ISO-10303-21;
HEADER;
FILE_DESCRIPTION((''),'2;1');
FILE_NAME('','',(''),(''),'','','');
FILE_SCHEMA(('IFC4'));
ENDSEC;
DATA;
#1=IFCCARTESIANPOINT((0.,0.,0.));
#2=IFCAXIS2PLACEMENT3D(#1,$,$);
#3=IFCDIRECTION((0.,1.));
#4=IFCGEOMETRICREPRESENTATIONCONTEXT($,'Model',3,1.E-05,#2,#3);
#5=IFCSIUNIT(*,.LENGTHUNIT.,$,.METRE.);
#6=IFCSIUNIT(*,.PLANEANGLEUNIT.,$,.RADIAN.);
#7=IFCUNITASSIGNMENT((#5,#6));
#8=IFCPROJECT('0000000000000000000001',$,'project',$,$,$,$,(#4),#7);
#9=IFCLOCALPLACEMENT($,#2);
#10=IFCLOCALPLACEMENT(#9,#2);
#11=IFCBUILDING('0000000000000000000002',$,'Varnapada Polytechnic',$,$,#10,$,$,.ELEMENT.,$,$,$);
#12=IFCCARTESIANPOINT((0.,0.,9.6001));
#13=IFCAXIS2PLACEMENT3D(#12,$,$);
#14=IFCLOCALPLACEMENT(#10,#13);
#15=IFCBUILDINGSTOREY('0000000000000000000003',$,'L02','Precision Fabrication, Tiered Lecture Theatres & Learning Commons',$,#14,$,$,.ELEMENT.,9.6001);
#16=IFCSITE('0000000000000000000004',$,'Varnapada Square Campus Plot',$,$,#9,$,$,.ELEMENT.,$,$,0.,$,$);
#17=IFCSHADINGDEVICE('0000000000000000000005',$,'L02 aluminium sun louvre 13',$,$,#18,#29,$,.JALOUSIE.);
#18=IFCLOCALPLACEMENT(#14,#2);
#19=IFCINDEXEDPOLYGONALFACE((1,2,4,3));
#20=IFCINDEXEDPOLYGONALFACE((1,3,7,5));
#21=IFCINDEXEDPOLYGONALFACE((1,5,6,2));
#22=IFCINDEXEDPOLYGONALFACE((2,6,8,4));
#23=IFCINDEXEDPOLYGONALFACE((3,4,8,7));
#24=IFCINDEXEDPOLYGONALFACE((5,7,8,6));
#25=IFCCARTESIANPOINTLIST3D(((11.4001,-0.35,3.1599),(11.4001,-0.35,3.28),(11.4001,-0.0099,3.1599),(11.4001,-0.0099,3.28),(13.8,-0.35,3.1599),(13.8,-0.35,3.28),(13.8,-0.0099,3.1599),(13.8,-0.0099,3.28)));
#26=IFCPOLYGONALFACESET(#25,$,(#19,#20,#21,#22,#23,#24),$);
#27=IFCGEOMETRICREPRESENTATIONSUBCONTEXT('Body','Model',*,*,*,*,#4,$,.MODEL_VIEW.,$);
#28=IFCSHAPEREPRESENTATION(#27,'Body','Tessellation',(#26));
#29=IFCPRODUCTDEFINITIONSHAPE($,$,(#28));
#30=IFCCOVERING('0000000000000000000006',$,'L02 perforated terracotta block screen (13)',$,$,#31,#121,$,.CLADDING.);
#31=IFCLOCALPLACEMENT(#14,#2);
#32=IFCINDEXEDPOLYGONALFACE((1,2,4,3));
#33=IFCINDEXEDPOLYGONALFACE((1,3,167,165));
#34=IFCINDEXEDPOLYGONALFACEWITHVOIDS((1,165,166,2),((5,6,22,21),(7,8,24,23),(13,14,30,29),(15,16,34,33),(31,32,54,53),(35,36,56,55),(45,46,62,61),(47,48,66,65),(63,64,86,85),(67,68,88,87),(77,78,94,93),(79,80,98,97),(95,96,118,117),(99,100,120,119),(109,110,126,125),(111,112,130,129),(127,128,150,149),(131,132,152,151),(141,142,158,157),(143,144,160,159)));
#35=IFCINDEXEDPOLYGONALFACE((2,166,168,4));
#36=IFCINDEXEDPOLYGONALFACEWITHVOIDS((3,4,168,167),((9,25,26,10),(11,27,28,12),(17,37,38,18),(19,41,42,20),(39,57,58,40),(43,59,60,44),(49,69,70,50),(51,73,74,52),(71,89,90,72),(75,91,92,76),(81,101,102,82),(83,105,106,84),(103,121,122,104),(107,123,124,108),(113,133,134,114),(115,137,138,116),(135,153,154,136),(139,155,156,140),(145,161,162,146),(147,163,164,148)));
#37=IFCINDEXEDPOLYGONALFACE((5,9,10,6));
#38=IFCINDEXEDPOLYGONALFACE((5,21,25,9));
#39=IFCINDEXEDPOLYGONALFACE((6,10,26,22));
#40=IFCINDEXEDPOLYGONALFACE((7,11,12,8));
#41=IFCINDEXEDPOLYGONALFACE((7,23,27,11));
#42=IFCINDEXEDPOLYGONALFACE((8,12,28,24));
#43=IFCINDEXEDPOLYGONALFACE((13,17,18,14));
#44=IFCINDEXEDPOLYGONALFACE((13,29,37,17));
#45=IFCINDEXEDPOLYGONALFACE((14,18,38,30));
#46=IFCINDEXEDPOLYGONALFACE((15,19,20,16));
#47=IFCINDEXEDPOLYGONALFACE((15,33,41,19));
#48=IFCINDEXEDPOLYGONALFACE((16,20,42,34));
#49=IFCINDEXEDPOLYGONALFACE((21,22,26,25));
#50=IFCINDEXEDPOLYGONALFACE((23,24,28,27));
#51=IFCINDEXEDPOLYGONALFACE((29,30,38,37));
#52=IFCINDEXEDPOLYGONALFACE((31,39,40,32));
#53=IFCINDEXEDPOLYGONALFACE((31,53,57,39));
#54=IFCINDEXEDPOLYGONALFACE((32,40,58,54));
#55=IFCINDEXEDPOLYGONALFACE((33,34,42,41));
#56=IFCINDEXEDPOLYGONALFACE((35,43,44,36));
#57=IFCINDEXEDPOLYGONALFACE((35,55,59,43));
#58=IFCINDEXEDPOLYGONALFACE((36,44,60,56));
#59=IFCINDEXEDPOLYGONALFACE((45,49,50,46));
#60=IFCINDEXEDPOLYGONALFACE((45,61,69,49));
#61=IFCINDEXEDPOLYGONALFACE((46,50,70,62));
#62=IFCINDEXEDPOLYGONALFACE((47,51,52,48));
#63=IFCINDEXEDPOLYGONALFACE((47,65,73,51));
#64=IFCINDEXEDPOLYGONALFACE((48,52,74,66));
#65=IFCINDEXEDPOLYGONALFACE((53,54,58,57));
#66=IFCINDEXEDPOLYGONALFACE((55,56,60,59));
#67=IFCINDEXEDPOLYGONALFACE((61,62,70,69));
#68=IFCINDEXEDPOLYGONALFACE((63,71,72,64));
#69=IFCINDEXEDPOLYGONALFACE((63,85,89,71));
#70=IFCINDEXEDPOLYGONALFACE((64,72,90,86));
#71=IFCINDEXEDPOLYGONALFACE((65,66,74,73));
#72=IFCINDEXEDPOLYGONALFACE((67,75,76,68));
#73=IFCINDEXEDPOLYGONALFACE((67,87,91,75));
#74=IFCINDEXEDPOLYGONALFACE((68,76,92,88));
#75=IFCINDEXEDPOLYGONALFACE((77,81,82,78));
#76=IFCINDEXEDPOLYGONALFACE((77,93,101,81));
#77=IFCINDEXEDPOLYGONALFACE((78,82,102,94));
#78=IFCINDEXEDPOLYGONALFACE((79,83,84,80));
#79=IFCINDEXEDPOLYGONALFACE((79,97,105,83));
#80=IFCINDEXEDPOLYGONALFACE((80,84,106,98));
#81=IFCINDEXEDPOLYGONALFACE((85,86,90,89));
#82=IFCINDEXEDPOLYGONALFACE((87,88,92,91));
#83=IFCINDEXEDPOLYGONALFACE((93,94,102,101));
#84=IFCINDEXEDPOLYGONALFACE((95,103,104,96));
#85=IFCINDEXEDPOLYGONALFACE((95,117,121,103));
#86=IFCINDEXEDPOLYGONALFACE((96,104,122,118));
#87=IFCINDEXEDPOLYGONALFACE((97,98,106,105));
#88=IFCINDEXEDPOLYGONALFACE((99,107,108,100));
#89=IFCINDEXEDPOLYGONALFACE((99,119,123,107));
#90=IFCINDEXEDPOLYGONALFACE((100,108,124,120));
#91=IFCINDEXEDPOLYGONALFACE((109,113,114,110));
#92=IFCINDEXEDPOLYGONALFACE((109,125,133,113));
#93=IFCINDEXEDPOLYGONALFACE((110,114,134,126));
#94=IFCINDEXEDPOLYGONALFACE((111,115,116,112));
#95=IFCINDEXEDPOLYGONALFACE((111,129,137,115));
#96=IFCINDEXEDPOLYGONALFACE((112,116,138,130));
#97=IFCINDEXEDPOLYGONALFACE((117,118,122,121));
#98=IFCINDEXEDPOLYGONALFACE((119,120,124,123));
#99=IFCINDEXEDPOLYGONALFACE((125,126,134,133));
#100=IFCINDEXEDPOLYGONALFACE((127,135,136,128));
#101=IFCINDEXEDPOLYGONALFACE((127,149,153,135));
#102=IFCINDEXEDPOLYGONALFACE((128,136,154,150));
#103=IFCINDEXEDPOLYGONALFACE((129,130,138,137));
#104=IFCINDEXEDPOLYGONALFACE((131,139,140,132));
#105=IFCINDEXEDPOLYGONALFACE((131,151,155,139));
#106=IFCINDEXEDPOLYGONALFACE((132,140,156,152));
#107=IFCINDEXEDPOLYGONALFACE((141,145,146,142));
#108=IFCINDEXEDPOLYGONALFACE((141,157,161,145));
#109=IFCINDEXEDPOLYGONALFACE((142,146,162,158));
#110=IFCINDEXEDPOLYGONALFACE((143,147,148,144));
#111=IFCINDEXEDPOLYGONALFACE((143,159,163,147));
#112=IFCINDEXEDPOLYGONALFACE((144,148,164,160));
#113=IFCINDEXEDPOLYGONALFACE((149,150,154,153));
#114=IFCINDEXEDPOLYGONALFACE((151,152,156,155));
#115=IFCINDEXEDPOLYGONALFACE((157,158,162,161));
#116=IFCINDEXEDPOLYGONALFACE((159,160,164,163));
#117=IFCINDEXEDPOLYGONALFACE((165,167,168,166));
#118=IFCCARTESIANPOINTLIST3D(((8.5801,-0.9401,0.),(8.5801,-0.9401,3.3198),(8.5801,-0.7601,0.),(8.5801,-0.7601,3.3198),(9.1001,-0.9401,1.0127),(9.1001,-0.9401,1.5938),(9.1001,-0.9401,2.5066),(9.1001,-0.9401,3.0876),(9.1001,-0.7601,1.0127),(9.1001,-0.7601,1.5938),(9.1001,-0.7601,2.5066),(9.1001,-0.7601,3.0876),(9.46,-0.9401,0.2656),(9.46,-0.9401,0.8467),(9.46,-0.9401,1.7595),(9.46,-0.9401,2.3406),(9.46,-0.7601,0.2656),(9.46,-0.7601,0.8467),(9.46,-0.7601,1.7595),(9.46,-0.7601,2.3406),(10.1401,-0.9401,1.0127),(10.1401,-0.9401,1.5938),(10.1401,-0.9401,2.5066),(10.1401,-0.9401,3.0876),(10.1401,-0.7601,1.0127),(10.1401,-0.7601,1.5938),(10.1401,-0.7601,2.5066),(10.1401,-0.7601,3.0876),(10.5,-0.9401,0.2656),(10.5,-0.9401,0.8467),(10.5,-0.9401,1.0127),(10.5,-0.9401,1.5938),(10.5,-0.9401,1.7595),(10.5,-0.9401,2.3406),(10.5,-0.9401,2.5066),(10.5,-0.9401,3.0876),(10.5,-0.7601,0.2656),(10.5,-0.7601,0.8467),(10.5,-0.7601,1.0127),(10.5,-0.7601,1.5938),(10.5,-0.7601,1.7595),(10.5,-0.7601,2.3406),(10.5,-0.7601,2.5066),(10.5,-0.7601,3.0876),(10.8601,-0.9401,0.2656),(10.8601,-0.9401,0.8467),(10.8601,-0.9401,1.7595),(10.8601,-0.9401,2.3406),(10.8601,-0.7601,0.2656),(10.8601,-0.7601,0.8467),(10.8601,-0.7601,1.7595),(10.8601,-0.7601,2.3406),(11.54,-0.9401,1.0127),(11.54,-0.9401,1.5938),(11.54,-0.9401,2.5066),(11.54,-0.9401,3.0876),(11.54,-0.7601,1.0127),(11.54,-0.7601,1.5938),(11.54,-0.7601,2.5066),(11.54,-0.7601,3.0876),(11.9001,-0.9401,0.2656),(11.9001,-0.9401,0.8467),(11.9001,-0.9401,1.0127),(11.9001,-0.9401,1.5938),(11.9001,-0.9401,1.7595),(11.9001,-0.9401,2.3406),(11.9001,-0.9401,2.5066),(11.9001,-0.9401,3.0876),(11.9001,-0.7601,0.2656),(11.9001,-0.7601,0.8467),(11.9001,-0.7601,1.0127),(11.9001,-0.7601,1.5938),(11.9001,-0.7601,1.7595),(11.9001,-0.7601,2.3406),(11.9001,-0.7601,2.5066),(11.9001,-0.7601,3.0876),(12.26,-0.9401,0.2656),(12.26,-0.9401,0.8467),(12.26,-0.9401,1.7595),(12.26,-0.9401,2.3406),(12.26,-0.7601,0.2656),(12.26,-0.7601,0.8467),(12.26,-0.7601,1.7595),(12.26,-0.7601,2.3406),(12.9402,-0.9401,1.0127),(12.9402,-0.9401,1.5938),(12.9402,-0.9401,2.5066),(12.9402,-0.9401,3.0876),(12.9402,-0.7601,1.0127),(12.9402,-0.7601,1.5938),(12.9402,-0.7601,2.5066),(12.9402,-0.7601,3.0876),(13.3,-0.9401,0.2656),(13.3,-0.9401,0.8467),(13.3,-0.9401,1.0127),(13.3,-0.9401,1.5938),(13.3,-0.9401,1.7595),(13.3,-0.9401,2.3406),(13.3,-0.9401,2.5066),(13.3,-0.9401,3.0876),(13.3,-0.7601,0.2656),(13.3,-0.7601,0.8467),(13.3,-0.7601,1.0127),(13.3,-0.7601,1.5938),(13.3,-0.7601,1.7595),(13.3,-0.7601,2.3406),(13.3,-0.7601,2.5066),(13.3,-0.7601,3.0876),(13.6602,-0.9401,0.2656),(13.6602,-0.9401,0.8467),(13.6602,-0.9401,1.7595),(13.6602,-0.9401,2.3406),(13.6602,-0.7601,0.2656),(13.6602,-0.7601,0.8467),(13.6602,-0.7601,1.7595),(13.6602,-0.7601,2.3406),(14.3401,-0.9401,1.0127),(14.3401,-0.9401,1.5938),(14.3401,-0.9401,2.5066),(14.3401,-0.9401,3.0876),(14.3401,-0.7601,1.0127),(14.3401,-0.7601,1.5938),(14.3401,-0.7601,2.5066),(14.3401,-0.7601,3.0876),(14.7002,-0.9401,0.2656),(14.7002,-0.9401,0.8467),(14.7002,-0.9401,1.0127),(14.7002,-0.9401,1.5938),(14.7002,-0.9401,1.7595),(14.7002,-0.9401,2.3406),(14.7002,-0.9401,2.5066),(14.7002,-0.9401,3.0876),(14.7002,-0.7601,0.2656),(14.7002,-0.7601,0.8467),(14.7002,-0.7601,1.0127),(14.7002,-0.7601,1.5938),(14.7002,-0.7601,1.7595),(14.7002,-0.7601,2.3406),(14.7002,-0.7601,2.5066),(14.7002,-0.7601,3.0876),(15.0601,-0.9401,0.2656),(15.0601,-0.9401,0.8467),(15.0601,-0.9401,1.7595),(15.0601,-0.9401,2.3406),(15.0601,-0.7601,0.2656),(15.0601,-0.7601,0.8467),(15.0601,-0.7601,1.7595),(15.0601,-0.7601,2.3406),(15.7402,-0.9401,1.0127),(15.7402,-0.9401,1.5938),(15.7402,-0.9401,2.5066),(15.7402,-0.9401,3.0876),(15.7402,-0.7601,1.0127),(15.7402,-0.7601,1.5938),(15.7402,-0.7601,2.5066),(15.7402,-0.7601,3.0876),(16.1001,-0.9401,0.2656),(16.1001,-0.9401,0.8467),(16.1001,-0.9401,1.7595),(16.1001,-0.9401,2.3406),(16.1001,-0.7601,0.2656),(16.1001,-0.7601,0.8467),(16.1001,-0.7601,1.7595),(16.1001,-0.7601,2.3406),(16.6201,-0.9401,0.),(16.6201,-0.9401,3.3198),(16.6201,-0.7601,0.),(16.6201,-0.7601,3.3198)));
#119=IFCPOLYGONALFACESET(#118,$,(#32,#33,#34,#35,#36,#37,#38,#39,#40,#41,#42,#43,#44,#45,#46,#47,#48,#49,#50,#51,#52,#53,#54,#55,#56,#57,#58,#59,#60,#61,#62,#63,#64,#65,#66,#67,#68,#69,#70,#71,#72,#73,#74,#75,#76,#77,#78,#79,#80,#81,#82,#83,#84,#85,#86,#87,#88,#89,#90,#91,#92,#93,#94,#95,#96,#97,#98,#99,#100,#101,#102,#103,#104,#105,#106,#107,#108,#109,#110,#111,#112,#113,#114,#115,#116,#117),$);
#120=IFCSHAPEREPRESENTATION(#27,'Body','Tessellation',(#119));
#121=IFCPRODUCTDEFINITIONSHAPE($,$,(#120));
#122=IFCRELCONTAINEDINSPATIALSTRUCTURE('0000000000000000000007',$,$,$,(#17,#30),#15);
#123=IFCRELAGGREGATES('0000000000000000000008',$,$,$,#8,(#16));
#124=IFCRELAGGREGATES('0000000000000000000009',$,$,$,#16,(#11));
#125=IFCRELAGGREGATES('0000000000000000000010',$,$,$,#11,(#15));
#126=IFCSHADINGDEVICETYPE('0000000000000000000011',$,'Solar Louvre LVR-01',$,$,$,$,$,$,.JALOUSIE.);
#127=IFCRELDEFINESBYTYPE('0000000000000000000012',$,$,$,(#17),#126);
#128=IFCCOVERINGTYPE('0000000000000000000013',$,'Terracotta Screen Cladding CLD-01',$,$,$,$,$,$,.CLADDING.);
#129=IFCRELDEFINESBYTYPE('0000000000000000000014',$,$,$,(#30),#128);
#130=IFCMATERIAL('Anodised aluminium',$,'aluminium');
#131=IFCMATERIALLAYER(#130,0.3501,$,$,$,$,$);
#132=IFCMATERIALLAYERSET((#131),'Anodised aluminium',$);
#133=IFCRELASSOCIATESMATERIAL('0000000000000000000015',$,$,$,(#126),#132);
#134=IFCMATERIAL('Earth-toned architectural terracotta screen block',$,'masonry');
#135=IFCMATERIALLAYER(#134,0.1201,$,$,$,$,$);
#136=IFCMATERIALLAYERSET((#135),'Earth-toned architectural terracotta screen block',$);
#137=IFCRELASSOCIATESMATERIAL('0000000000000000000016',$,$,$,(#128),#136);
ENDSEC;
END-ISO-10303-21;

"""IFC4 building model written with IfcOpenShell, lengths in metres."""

from ifc_helpers import new_model, si_unit, direction, frame, frame_2d, origin, origin_2d, place, context, subcontext, project, spatial, rectangle, extrude, material, layer, layer_set, type_object, element, save


model = new_model("IFC4")

# Units and contexts
model_context = context("Model", 3, precision=1e-05, world=origin(), true_north=direction((0.0, 1.0)))
body_context = subcontext(model_context, "Body", "Model", "MODEL_VIEW")
ifc_project = project(units=[si_unit("LENGTHUNIT", "METRE"), si_unit("PLANEANGLEUNIT", "RADIAN")], contexts=[model_context])

# Site, building, storey
site_placement = place(None, origin())
site = spatial("IfcSite", under=ifc_project, at=site_placement, Name="Varnapada Square Campus Plot", CompositionType="ELEMENT", RefElevation=0.0)
building_placement = place(site_placement, origin())
building = spatial("IfcBuilding", under=site, at=building_placement, Name="Varnapada Polytechnic", CompositionType="ELEMENT")
storey_placement = place(building_placement, frame((0.0, 0.0, 9.6001)))
storey = spatial("IfcBuildingStorey", under=building, at=storey_placement, Name="L02", Description="Precision Fabrication, Tiered Lecture Theatres & Learning Commons", CompositionType="ELEMENT", Elevation=9.6001)

# Shared definitions
ifc_material_1 = material(Name="Anodised aluminium", Category="aluminium")

# Shading device
ifc_layer_1 = layer(ifc_material_1, 0.3501)
ifc_layer_set_1 = layer_set([ifc_layer_1], Name="Anodised aluminium")
shading_device_type_1 = type_object("IfcShadingDeviceType", Name="Solar Louvre LVR-01", PredefinedType="JALOUSIE", material=ifc_layer_set_1)
shading_device_1_placement = place(storey_placement, frame((12.6001, -0.1799, 3.1599), z_axis=(0.0, 0.0, 1.0), x_axis=(-1.0, 0.0, 0.0)))
element("IfcShadingDevice", 1, at=shading_device_1_placement, inside=storey, type_object=shading_device_type_1, Name="L02 aluminium sun louvre 13", PredefinedType="JALOUSIE", context=body_context, shape_type="SweptSolid", body=[
    extrude(rectangle(XDim=2.3999, YDim=0.3401, at=origin_2d()), origin(), (0.0, 0.0, 1.0), 0.1201),
])

# Covering, openings
ifc_material_2 = material(Name="Earth-toned architectural terracotta screen block", Category="masonry")
ifc_layer_2 = layer(ifc_material_2, 0.1201)
ifc_layer_set_2 = layer_set([ifc_layer_2], Name="Earth-toned architectural terracotta screen block")
covering_type = type_object("IfcCoveringType", Name="Terracotta Screen Cladding CLD-01", PredefinedType="CLADDING", material=ifc_layer_set_2)
covering_placement = place(storey_placement, frame((16.6201, -0.8501, 0.0), z_axis=(0.0, 0.0, 1.0), x_axis=(-1.0, 0.0, 0.0)))
covering = element("IfcCovering", 2, at=covering_placement, inside=storey, type_object=covering_type, Name="L02 perforated terracotta block screen (13)", PredefinedType="CLADDING", context=body_context, shape_type="SweptSolid", body=[
    extrude(rectangle(XDim=8.04, YDim=0.1799, at=frame_2d((4.02, 0.0))), origin(), (0.0, 0.0, 1.0), 3.3198),
])
opening_1_placement = place(covering_placement, frame((0.52, 0.0, 0.2656)))
element("IfcOpeningElement", 3, at=opening_1_placement, cuts=covering, PredefinedType="OPENING", context=body_context, shape_type="SweptSolid", body=[
    extrude(rectangle(XDim=1.04, YDim=0.5811, at=frame_2d((0.52, 0.2905))), frame((0.0, 0.0999, 0.0), z_axis=(0.0, -1.0, 0.0), x_axis=(1.0, 0.0, 0.0)), (0.0, 0.0, 1.0), 0.2),
])
opening_2_placement = place(covering_placement, frame((1.9199, 0.0, 0.2656)))
element("IfcOpeningElement", 4, at=opening_2_placement, cuts=covering, PredefinedType="OPENING", context=body_context, shape_type="SweptSolid", body=[
    extrude(rectangle(XDim=1.04, YDim=0.5811, at=frame_2d((0.52, 0.2905))), frame((0.0, 0.0999, 0.0), z_axis=(0.0, -1.0, 0.0), x_axis=(1.0, 0.0, 0.0)), (0.0, 0.0, 1.0), 0.2),
])
opening_3_placement = place(covering_placement, frame((3.3201, 0.0, 0.2656)))
element("IfcOpeningElement", 5, at=opening_3_placement, cuts=covering, PredefinedType="OPENING", context=body_context, shape_type="SweptSolid", body=[
    extrude(rectangle(XDim=1.04, YDim=0.5811, at=frame_2d((0.52, 0.2905))), frame((0.0, 0.0999, 0.0), z_axis=(0.0, -1.0, 0.0), x_axis=(1.0, 0.0, 0.0)), (0.0, 0.0, 1.0), 0.2),
])
opening_4_placement = place(covering_placement, frame((4.72, 0.0, 0.2656)))
element("IfcOpeningElement", 6, at=opening_4_placement, cuts=covering, PredefinedType="OPENING", context=body_context, shape_type="SweptSolid", body=[
    extrude(rectangle(XDim=1.04, YDim=0.5811, at=frame_2d((0.52, 0.2905))), frame((0.0, 0.0999, 0.0), z_axis=(0.0, -1.0, 0.0), x_axis=(1.0, 0.0, 0.0)), (0.0, 0.0, 1.0), 0.2),
])
opening_5_placement = place(covering_placement, frame((6.1201, 0.0, 0.2656)))
element("IfcOpeningElement", 7, at=opening_5_placement, cuts=covering, PredefinedType="OPENING", context=body_context, shape_type="SweptSolid", body=[
    extrude(rectangle(XDim=1.04, YDim=0.5811, at=frame_2d((0.52, 0.2905))), frame((0.0, 0.0999, 0.0), z_axis=(0.0, -1.0, 0.0), x_axis=(1.0, 0.0, 0.0)), (0.0, 0.0, 1.0), 0.2),
])
opening_6_placement = place(covering_placement, frame((0.8799, 0.0, 1.0127)))
element("IfcOpeningElement", 8, at=opening_6_placement, cuts=covering, PredefinedType="OPENING", context=body_context, shape_type="SweptSolid", body=[
    extrude(rectangle(XDim=1.04, YDim=0.5811, at=frame_2d((0.52, 0.2905))), frame((0.0, 0.0999, 0.0), z_axis=(0.0, -1.0, 0.0), x_axis=(1.0, 0.0, 0.0)), (0.0, 0.0, 1.0), 0.2),
])
opening_7_placement = place(covering_placement, frame((2.28, 0.0, 1.0127)))
element("IfcOpeningElement", 9, at=opening_7_placement, cuts=covering, PredefinedType="OPENING", context=body_context, shape_type="SweptSolid", body=[
    extrude(rectangle(XDim=1.04, YDim=0.5811, at=frame_2d((0.52, 0.2905))), frame((0.0, 0.0999, 0.0), z_axis=(0.0, -1.0, 0.0), x_axis=(1.0, 0.0, 0.0)), (0.0, 0.0, 1.0), 0.2),
])
opening_8_placement = place(covering_placement, frame((3.6799, 0.0, 1.0127)))
element("IfcOpeningElement", 10, at=opening_8_placement, cuts=covering, PredefinedType="OPENING", context=body_context, shape_type="SweptSolid", body=[
    extrude(rectangle(XDim=1.04, YDim=0.5811, at=frame_2d((0.52, 0.2905))), frame((0.0, 0.0999, 0.0), z_axis=(0.0, -1.0, 0.0), x_axis=(1.0, 0.0, 0.0)), (0.0, 0.0, 1.0), 0.2),
])
opening_9_placement = place(covering_placement, frame((5.0801, 0.0, 1.0127)))
element("IfcOpeningElement", 11, at=opening_9_placement, cuts=covering, PredefinedType="OPENING", context=body_context, shape_type="SweptSolid", body=[
    extrude(rectangle(XDim=1.04, YDim=0.5811, at=frame_2d((0.52, 0.2905))), frame((0.0, 0.0999, 0.0), z_axis=(0.0, -1.0, 0.0), x_axis=(1.0, 0.0, 0.0)), (0.0, 0.0, 1.0), 0.2),
])
opening_10_placement = place(covering_placement, frame((6.48, 0.0, 1.0127)))
element("IfcOpeningElement", 12, at=opening_10_placement, cuts=covering, PredefinedType="OPENING", context=body_context, shape_type="SweptSolid", body=[
    extrude(rectangle(XDim=1.04, YDim=0.5811, at=frame_2d((0.52, 0.2905))), frame((0.0, 0.0999, 0.0), z_axis=(0.0, -1.0, 0.0), x_axis=(1.0, 0.0, 0.0)), (0.0, 0.0, 1.0), 0.2),
])
opening_11_placement = place(covering_placement, frame((0.52, 0.0, 1.7595)))
element("IfcOpeningElement", 13, at=opening_11_placement, cuts=covering, PredefinedType="OPENING", context=body_context, shape_type="SweptSolid", body=[
    extrude(rectangle(XDim=1.04, YDim=0.5811, at=frame_2d((0.52, 0.2905))), frame((0.0, 0.0999, 0.0), z_axis=(0.0, -1.0, 0.0), x_axis=(1.0, 0.0, 0.0)), (0.0, 0.0, 1.0), 0.2),
])
opening_12_placement = place(covering_placement, frame((1.9199, 0.0, 1.7595)))
element("IfcOpeningElement", 14, at=opening_12_placement, cuts=covering, PredefinedType="OPENING", context=body_context, shape_type="SweptSolid", body=[
    extrude(rectangle(XDim=1.04, YDim=0.5811, at=frame_2d((0.52, 0.2905))), frame((0.0, 0.0999, 0.0), z_axis=(0.0, -1.0, 0.0), x_axis=(1.0, 0.0, 0.0)), (0.0, 0.0, 1.0), 0.2),
])
opening_13_placement = place(covering_placement, frame((3.3201, 0.0, 1.7595)))
element("IfcOpeningElement", 15, at=opening_13_placement, cuts=covering, PredefinedType="OPENING", context=body_context, shape_type="SweptSolid", body=[
    extrude(rectangle(XDim=1.04, YDim=0.5811, at=frame_2d((0.52, 0.2905))), frame((0.0, 0.0999, 0.0), z_axis=(0.0, -1.0, 0.0), x_axis=(1.0, 0.0, 0.0)), (0.0, 0.0, 1.0), 0.2),
])
opening_14_placement = place(covering_placement, frame((4.72, 0.0, 1.7595)))
element("IfcOpeningElement", 16, at=opening_14_placement, cuts=covering, PredefinedType="OPENING", context=body_context, shape_type="SweptSolid", body=[
    extrude(rectangle(XDim=1.04, YDim=0.5811, at=frame_2d((0.52, 0.2905))), frame((0.0, 0.0999, 0.0), z_axis=(0.0, -1.0, 0.0), x_axis=(1.0, 0.0, 0.0)), (0.0, 0.0, 1.0), 0.2),
])
opening_15_placement = place(covering_placement, frame((6.1201, 0.0, 1.7595)))
element("IfcOpeningElement", 17, at=opening_15_placement, cuts=covering, PredefinedType="OPENING", context=body_context, shape_type="SweptSolid", body=[
    extrude(rectangle(XDim=1.04, YDim=0.5811, at=frame_2d((0.52, 0.2905))), frame((0.0, 0.0999, 0.0), z_axis=(0.0, -1.0, 0.0), x_axis=(1.0, 0.0, 0.0)), (0.0, 0.0, 1.0), 0.2),
])
opening_16_placement = place(covering_placement, frame((0.8799, 0.0, 2.5066)))
element("IfcOpeningElement", 18, at=opening_16_placement, cuts=covering, PredefinedType="OPENING", context=body_context, shape_type="SweptSolid", body=[
    extrude(rectangle(XDim=1.04, YDim=0.5811, at=frame_2d((0.52, 0.2905))), frame((0.0, 0.0999, 0.0), z_axis=(0.0, -1.0, 0.0), x_axis=(1.0, 0.0, 0.0)), (0.0, 0.0, 1.0), 0.2),
])
opening_17_placement = place(covering_placement, frame((2.28, 0.0, 2.5066)))
element("IfcOpeningElement", 19, at=opening_17_placement, cuts=covering, PredefinedType="OPENING", context=body_context, shape_type="SweptSolid", body=[
    extrude(rectangle(XDim=1.04, YDim=0.5811, at=frame_2d((0.52, 0.2905))), frame((0.0, 0.0999, 0.0), z_axis=(0.0, -1.0, 0.0), x_axis=(1.0, 0.0, 0.0)), (0.0, 0.0, 1.0), 0.2),
])
opening_18_placement = place(covering_placement, frame((3.6799, 0.0, 2.5066)))
element("IfcOpeningElement", 20, at=opening_18_placement, cuts=covering, PredefinedType="OPENING", context=body_context, shape_type="SweptSolid", body=[
    extrude(rectangle(XDim=1.04, YDim=0.5811, at=frame_2d((0.52, 0.2905))), frame((0.0, 0.0999, 0.0), z_axis=(0.0, -1.0, 0.0), x_axis=(1.0, 0.0, 0.0)), (0.0, 0.0, 1.0), 0.2),
])
opening_19_placement = place(covering_placement, frame((5.0801, 0.0, 2.5066)))
element("IfcOpeningElement", 21, at=opening_19_placement, cuts=covering, PredefinedType="OPENING", context=body_context, shape_type="SweptSolid", body=[
    extrude(rectangle(XDim=1.04, YDim=0.5811, at=frame_2d((0.52, 0.2905))), frame((0.0, 0.0999, 0.0), z_axis=(0.0, -1.0, 0.0), x_axis=(1.0, 0.0, 0.0)), (0.0, 0.0, 1.0), 0.2),
])
opening_20_placement = place(covering_placement, frame((6.48, 0.0, 2.5066)))
element("IfcOpeningElement", 22, at=opening_20_placement, cuts=covering, PredefinedType="OPENING", context=body_context, shape_type="SweptSolid", body=[
    extrude(rectangle(XDim=1.04, YDim=0.5811, at=frame_2d((0.52, 0.2905))), frame((0.0, 0.0999, 0.0), z_axis=(0.0, -1.0, 0.0), x_axis=(1.0, 0.0, 0.0)), (0.0, 0.0, 1.0), 0.2),
])

save(model, "model.ifc")
